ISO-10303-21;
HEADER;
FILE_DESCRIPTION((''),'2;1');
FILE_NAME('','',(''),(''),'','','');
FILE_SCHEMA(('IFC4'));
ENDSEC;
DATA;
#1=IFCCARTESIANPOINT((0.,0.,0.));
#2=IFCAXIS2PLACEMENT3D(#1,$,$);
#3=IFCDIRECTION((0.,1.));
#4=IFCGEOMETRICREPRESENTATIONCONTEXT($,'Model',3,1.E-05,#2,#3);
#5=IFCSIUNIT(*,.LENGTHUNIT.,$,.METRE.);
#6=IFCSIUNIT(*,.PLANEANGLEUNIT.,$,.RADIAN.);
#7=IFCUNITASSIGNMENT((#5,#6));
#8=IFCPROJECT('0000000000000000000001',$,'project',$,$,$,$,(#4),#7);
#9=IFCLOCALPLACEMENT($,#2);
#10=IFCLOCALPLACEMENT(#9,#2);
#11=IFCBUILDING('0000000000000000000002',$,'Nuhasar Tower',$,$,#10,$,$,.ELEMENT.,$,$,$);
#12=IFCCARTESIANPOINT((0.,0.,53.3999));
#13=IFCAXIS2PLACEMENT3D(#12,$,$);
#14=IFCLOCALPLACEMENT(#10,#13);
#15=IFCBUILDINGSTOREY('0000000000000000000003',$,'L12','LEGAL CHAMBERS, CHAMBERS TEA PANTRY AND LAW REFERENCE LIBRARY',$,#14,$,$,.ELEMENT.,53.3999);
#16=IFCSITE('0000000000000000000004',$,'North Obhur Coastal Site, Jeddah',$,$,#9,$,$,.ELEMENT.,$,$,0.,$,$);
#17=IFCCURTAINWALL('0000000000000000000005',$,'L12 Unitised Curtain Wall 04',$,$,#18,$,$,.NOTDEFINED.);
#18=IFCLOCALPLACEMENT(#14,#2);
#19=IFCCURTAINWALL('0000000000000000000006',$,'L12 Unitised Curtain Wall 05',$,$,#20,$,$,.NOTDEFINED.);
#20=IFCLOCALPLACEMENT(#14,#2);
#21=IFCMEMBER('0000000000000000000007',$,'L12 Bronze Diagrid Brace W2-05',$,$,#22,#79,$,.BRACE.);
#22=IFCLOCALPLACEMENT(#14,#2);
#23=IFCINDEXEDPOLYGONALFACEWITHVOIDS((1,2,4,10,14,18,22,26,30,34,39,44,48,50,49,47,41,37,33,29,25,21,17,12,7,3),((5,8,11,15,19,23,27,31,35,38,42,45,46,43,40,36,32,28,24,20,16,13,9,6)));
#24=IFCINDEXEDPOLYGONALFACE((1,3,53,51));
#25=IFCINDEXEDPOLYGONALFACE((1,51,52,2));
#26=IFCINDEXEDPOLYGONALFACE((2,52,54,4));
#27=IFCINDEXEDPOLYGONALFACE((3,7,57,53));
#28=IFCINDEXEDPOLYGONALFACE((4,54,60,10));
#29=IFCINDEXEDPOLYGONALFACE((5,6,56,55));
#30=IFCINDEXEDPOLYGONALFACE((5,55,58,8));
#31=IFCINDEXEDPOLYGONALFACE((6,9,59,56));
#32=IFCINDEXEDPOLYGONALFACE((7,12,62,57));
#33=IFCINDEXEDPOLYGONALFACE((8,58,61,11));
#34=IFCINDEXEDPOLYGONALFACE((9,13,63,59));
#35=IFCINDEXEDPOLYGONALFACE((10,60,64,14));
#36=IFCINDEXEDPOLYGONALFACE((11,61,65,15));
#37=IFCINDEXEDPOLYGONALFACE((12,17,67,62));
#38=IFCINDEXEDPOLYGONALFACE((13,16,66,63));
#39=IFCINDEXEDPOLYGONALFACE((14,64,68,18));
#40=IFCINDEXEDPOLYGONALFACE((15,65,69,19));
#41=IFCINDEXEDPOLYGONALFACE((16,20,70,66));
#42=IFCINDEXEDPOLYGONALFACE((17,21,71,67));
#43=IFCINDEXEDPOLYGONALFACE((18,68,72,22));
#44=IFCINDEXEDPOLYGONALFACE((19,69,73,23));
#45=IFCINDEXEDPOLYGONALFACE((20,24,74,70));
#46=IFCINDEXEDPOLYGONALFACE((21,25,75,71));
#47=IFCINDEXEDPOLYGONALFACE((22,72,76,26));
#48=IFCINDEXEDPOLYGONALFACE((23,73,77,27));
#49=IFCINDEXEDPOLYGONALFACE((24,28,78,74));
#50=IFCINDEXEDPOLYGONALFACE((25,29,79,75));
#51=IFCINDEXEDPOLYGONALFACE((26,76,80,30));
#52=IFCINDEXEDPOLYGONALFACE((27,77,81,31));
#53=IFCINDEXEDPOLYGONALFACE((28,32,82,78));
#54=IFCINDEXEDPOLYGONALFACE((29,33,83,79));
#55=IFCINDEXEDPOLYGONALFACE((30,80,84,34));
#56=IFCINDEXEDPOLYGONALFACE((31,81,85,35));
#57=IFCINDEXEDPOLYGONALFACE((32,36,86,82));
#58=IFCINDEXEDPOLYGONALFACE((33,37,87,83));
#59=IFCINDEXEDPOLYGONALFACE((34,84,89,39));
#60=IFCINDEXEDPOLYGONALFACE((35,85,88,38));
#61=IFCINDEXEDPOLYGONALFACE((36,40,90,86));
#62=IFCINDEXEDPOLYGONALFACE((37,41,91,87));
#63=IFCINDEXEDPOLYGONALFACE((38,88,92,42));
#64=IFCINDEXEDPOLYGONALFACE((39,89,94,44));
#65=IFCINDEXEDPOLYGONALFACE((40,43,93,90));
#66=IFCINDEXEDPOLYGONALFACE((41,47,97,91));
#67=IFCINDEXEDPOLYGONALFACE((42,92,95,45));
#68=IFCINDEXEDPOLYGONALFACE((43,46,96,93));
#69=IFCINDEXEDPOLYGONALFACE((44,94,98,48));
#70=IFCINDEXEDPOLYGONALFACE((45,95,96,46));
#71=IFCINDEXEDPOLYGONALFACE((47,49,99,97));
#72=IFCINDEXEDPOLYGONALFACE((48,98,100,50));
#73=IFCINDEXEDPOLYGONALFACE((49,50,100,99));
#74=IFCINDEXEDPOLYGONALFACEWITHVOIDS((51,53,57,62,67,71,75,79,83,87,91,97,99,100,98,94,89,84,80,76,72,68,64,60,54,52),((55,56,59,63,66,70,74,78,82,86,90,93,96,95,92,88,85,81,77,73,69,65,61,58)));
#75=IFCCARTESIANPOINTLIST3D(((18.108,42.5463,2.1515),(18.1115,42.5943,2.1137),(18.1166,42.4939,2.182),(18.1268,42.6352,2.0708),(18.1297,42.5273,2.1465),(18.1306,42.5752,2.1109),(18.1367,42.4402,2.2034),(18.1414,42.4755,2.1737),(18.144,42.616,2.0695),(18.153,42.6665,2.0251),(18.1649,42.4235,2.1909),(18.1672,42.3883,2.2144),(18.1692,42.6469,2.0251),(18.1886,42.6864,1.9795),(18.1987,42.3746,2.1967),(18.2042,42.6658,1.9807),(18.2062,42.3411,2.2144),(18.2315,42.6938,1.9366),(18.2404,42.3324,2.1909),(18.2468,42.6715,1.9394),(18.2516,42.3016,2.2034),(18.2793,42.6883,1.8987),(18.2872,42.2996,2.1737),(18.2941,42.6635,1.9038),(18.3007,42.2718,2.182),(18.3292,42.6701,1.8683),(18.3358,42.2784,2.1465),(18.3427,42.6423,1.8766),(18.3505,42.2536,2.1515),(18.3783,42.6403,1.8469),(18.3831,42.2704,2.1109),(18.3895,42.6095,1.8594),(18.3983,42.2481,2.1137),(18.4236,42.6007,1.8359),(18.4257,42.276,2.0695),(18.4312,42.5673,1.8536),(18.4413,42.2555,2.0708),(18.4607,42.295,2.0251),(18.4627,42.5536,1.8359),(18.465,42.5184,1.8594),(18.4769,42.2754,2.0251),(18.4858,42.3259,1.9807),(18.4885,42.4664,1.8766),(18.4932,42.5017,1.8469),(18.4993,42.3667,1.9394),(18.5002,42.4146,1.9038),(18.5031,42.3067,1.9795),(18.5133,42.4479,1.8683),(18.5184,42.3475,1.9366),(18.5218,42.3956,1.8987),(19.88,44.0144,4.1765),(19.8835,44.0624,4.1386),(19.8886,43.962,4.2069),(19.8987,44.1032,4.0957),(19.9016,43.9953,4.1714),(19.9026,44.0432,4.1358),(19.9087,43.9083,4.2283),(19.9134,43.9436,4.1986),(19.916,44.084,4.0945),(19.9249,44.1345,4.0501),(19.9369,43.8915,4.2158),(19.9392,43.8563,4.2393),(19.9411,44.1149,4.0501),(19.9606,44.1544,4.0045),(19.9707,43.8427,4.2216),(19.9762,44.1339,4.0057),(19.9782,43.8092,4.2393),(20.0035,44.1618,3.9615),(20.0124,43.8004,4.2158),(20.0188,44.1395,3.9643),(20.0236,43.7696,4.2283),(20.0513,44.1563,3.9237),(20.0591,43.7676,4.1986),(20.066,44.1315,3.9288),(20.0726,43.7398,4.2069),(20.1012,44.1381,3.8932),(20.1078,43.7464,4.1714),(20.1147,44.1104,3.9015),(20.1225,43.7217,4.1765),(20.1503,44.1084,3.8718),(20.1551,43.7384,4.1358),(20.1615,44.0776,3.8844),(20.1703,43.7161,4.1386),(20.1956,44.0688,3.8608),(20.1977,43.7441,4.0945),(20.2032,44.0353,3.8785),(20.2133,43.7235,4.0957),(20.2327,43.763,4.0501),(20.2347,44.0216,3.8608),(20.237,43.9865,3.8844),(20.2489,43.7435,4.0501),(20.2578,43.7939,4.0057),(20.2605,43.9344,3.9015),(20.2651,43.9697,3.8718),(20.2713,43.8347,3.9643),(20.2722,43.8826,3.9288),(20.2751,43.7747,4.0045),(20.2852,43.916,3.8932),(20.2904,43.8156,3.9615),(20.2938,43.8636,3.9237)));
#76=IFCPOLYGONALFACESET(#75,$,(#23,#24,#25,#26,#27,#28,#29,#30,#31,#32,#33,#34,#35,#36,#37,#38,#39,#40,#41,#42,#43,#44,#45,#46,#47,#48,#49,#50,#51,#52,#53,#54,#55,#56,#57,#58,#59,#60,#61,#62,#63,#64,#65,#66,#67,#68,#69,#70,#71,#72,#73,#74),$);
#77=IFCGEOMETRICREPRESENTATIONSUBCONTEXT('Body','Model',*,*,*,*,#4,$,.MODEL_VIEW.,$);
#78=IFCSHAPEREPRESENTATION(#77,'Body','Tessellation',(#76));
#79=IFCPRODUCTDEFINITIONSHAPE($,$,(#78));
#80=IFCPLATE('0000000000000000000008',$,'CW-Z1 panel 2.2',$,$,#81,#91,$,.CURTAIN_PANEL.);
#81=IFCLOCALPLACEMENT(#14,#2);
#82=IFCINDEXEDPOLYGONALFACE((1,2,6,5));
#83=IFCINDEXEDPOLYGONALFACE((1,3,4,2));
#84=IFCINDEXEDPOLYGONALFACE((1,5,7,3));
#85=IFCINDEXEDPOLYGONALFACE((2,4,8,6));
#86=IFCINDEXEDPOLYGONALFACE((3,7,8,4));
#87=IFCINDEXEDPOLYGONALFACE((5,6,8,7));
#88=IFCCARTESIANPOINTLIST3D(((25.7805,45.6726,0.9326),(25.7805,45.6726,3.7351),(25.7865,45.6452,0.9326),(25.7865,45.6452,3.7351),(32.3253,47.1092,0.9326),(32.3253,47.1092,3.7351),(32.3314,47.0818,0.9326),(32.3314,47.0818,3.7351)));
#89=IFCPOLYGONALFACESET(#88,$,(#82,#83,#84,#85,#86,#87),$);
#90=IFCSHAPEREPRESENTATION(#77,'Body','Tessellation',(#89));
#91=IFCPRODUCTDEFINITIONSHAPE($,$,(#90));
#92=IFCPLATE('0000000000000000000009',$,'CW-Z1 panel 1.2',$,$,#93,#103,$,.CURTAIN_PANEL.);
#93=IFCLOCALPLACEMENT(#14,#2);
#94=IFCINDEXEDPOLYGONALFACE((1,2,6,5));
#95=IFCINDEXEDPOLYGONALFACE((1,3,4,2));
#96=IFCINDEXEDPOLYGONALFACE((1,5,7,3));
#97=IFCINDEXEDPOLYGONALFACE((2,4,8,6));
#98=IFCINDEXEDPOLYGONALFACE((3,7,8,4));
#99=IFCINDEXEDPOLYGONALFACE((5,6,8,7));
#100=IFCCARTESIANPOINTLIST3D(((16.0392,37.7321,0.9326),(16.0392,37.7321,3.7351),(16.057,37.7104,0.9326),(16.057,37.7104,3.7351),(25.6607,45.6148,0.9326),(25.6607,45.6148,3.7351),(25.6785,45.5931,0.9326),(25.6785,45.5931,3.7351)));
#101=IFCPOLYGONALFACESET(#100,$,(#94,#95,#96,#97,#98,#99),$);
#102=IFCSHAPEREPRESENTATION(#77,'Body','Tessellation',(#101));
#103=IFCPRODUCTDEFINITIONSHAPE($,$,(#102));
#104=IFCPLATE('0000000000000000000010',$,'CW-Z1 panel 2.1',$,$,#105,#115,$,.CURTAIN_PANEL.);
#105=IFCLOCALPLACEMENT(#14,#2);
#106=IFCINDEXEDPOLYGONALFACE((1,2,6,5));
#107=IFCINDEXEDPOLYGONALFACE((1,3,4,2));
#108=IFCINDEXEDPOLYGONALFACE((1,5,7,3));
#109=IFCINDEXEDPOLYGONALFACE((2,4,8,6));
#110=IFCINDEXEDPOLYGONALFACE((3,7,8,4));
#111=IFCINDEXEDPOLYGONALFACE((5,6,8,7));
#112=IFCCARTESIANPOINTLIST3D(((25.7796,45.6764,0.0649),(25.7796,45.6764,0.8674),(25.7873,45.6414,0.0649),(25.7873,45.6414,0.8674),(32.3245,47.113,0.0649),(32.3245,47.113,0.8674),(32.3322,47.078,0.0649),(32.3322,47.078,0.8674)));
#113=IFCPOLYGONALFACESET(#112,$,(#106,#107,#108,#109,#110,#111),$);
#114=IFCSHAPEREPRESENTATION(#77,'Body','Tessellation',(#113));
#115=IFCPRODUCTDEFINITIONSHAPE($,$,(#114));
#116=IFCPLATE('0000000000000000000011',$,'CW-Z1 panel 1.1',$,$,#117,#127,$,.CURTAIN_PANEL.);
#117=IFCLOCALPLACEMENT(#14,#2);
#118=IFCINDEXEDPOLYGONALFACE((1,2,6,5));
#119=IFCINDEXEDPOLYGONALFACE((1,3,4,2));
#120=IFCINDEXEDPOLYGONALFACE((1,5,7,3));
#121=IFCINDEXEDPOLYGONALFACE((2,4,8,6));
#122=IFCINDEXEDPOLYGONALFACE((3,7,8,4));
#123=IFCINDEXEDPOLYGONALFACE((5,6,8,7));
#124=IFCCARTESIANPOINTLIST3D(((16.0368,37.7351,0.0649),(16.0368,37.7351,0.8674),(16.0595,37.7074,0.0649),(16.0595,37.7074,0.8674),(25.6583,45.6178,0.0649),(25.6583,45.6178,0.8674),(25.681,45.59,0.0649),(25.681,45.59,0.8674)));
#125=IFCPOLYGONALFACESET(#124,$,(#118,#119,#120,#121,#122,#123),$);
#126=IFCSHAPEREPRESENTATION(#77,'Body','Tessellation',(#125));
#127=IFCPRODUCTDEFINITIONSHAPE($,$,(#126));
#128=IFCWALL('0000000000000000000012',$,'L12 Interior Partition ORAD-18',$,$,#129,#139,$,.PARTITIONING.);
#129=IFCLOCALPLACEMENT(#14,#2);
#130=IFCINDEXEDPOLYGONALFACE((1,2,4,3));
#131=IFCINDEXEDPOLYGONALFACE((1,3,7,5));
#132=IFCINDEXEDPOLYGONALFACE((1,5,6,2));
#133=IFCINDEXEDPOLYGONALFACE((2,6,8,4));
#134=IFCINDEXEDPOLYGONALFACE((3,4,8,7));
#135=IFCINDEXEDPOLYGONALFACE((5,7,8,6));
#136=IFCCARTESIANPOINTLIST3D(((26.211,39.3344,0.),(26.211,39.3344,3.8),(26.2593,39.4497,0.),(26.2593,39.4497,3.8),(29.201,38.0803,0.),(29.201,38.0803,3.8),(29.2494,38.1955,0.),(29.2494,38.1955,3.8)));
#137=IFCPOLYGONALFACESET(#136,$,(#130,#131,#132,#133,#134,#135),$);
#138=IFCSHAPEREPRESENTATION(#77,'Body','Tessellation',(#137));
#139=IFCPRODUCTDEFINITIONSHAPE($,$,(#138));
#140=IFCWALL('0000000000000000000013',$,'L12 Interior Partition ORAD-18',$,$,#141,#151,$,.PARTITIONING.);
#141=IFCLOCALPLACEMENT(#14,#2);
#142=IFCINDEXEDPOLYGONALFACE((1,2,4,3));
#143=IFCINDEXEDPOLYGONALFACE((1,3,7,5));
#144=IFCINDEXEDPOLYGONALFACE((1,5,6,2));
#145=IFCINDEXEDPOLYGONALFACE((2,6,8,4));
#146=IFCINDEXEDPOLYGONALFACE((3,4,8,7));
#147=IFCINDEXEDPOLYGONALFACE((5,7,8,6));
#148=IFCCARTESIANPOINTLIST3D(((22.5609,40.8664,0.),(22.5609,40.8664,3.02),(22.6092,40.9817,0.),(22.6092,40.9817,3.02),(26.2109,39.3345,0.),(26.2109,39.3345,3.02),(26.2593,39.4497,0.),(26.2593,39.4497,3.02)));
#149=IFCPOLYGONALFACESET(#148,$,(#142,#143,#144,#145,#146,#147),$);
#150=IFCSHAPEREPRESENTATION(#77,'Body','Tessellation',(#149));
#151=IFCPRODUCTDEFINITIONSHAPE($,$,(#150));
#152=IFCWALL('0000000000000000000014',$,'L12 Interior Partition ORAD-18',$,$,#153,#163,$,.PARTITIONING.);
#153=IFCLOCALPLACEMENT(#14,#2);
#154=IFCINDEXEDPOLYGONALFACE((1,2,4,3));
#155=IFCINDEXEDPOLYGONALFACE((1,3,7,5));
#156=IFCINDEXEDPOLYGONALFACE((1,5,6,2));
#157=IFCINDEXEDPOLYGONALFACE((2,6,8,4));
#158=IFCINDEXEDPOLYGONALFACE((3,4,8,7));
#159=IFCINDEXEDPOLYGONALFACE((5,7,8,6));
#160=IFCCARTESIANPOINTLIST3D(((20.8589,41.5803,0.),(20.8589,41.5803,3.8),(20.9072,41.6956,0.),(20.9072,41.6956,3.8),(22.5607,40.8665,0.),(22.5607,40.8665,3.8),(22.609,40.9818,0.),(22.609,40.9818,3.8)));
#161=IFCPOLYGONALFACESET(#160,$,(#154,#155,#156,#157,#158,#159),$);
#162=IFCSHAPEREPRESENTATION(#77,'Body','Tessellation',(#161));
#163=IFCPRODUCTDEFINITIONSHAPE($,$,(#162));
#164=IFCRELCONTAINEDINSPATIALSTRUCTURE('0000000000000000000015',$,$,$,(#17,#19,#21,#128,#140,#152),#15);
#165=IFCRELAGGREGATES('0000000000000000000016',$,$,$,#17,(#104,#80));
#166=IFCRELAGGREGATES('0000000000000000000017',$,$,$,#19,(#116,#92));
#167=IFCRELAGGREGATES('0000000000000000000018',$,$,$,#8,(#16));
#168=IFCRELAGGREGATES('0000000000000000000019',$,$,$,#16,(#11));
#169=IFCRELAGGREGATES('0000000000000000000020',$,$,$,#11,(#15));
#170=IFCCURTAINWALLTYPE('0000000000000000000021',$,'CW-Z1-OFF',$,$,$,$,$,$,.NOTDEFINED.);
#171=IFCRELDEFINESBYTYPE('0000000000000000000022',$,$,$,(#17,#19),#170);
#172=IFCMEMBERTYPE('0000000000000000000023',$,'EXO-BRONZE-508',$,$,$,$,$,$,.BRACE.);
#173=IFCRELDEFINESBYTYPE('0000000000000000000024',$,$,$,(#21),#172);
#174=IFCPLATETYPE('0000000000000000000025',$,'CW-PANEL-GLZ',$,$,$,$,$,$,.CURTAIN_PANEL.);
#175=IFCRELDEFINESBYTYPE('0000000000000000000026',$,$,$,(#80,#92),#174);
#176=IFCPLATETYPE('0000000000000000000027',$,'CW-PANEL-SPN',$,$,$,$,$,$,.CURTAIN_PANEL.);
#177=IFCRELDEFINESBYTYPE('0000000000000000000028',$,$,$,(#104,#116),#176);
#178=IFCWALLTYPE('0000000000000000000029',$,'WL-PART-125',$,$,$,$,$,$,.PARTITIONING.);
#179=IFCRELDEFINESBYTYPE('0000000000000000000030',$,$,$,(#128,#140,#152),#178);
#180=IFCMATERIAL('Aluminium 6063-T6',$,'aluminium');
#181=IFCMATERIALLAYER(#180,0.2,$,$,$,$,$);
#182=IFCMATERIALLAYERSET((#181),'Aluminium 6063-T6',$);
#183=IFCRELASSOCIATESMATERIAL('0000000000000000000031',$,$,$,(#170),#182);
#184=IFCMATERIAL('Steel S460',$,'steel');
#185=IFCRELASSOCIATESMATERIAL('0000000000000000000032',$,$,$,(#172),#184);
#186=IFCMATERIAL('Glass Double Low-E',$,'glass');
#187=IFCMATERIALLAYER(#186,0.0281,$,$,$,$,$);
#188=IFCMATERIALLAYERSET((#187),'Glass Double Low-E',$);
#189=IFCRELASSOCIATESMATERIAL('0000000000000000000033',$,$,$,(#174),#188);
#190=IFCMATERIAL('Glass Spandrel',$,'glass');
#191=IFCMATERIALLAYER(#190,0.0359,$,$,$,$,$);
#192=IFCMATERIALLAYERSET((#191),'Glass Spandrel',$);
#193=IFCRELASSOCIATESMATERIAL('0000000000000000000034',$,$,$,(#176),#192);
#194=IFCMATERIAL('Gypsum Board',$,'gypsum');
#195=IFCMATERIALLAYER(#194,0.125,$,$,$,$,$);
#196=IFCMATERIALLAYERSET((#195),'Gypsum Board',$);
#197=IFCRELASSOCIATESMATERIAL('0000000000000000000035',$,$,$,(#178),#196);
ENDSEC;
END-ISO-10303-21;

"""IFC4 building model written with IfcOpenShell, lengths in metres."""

from ifc_helpers import new_model, si_unit, direction, frame, frame_2d, origin, origin_2d, place, context, subcontext, project, spatial, rectangle, hollow_circle, extrude, material, layer, layer_set, material_profile, profile_set, type_object, element, aggregate, save


model = new_model("IFC4")

# Units and contexts
model_context = context("Model", 3, precision=1e-05, world=origin(), true_north=direction((0.0, 1.0)))
body_context = subcontext(model_context, "Body", "Model", "MODEL_VIEW")
ifc_project = project(units=[si_unit("LENGTHUNIT", "METRE"), si_unit("PLANEANGLEUNIT", "RADIAN")], contexts=[model_context])

# Site, building, storey
site_placement = place(None, origin())
site = spatial("IfcSite", under=ifc_project, at=site_placement, Name="North Obhur Coastal Site, Jeddah", CompositionType="ELEMENT", RefElevation=0.0)
building_placement = place(site_placement, origin())
building = spatial("IfcBuilding", under=site, at=building_placement, Name="Nuhasar Tower", CompositionType="ELEMENT")
storey_placement = place(building_placement, frame((0.0, 0.0, 53.3999)))
storey = spatial("IfcBuildingStorey", under=building, at=storey_placement, Name="L12", Description="LEGAL CHAMBERS, CHAMBERS TEA PANTRY AND LAW REFERENCE LIBRARY", CompositionType="ELEMENT", Elevation=53.3999)

# Curtain wall
ifc_material_1 = material(Name="Aluminium 6063-T6", Category="aluminium")
ifc_layer_1 = layer(ifc_material_1, 0.2)
ifc_layer_set_1 = layer_set([ifc_layer_1], Name="Aluminium 6063-T6")
curtain_wall_type = type_object("IfcCurtainWallType", Name="CW-Z1-OFF", PredefinedType="NOTDEFINED", material=ifc_layer_set_1)
curtain_wall_1_placement = place(storey_placement, origin())
curtain_wall_1 = element("IfcCurtainWall", 1, at=curtain_wall_1_placement, inside=storey, type_object=curtain_wall_type, Name="L12 Unitised Curtain Wall 04", PredefinedType="NOTDEFINED")

# Curtain wall
curtain_wall_2_placement = place(storey_placement, origin())
curtain_wall_2 = element("IfcCurtainWall", 2, at=curtain_wall_2_placement, inside=storey, type_object=curtain_wall_type, Name="L12 Unitised Curtain Wall 05", PredefinedType="NOTDEFINED")

# Member
ifc_material_2 = material(Name="Steel S460", Category="steel")
ifc_material_profile_1 = material_profile(ifc_material_2, hollow_circle(Radius=0.2539, WallThickness=0.0254, at=origin_2d()), Name="HSS508X25.4")
ifc_profile_set_1 = profile_set([ifc_material_profile_1], Name="Steel S460")
member_type_1 = type_object("IfcMemberType", Name="EXO-BRONZE-508", PredefinedType="BRACE", material=ifc_profile_set_1)
member_1_placement = place(storey_placement, frame((18.3149, 42.4709, 2.0251), z_axis=(0.578102, 0.478937, 0.660619), x_axis=(-0.637969, 0.770062, 0.0)))
element("IfcMember", 3, at=member_1_placement, inside=storey, type_object=member_type_1, Name="L12 Bronze Diagrid Brace W2-05", PredefinedType="BRACE", context=body_context, shape_type="SweptSolid", body=[
    extrude(hollow_circle(Radius=0.2539, WallThickness=0.0254, at=origin_2d()), origin(), (0.0, 0.0, 1.0), 3.0652),
])

# Plates
ifc_material_3 = material(Name="Glass Double Low-E", Category="glass")
ifc_layer_2 = layer(ifc_material_3, 0.0281)
ifc_layer_set_2 = layer_set([ifc_layer_2], Name="Glass Double Low-E")
plate_type_1 = type_object("IfcPlateType", Name="CW-PANEL-GLZ", PredefinedType="CURTAIN_PANEL", material=ifc_layer_set_2)
plate_1_placement = place(storey_placement, frame((29.0559, 46.3772, 0.9326), z_axis=(0.0, 0.0, 1.0), x_axis=(-0.976746, -0.214399, 0.0)))
plate_1 = element("IfcPlate", 4, at=plate_1_placement, type_object=plate_type_1, Name="CW-Z1 panel 2.2", PredefinedType="CURTAIN_PANEL", context=body_context, shape_type="SweptSolid", body=[
    extrude(rectangle(XDim=6.7007, YDim=0.0281, at=origin_2d()), origin(), (0.0, 0.0, 1.0), 2.8025),
])
plate_2_placement = place(storey_placement, frame((20.8589, 41.6626, 0.9326), z_axis=(0.0, 0.0, 1.0), x_axis=(-0.773542, -0.633745, 0.0)))
plate_2 = element("IfcPlate", 5, at=plate_2_placement, type_object=plate_type_1, Name="CW-Z1 panel 1.2", PredefinedType="CURTAIN_PANEL", context=body_context, shape_type="SweptSolid", body=[
    extrude(rectangle(XDim=12.4382, YDim=0.0281, at=origin_2d()), origin(), (0.0, 0.0, 1.0), 2.8025),
])
ifc_material_4 = material(Name="Glass Spandrel", Category="glass")
ifc_layer_3 = layer(ifc_material_4, 0.0359)
ifc_layer_set_3 = layer_set([ifc_layer_3], Name="Glass Spandrel")
plate_type_2 = type_object("IfcPlateType", Name="CW-PANEL-SPN", PredefinedType="CURTAIN_PANEL", material=ifc_layer_set_3)
plate_3_placement = place(storey_placement, frame((29.0559, 46.3772, 0.0649), z_axis=(0.0, 0.0, 1.0), x_axis=(-0.976746, -0.214399, 0.0)))
plate_3 = element("IfcPlate", 6, at=plate_3_placement, type_object=plate_type_2, Name="CW-Z1 panel 2.1", PredefinedType="CURTAIN_PANEL", context=body_context, shape_type="SweptSolid", body=[
    extrude(rectangle(XDim=6.7007, YDim=0.0359, at=origin_2d()), origin(), (0.0, 0.0, 1.0), 0.8025),
])
aggregate(curtain_wall_1, [plate_3, plate_1])
plate_4_placement = place(storey_placement, frame((20.8589, 41.6626, 0.0649), z_axis=(0.0, 0.0, 1.0), x_axis=(-0.773542, -0.633745, 0.0)))
plate_4 = element("IfcPlate", 7, at=plate_4_placement, type_object=plate_type_2, Name="CW-Z1 panel 1.1", PredefinedType="CURTAIN_PANEL", context=body_context, shape_type="SweptSolid", body=[
    extrude(rectangle(XDim=12.4382, YDim=0.0359, at=origin_2d()), origin(), (0.0, 0.0, 1.0), 0.8025),
])
aggregate(curtain_wall_2, [plate_4, plate_2])

# Walls
ifc_material_5 = material(Name="Gypsum Board", Category="gypsum")
ifc_layer_4 = layer(ifc_material_5, 0.125)
ifc_layer_set_4 = layer_set([ifc_layer_4], Name="Gypsum Board")
wall_type = type_object("IfcWallType", Name="WL-PART-125", PredefinedType="PARTITIONING", material=ifc_layer_set_4)
wall_1_placement = place(storey_placement, frame((29.2251, 38.1379, 0.0), z_axis=(0.0, 0.0, 1.0), x_axis=(-0.922163, 0.386801, 0.0)))
element("IfcWall", 8, at=wall_1_placement, inside=storey, type_object=wall_type, Name="L12 Interior Partition ORAD-18", PredefinedType="PARTITIONING", context=body_context, shape_type="SweptSolid", body=[
    extrude(rectangle(XDim=3.2424, YDim=0.125, at=frame_2d((1.6211, 0.0))), origin(), (0.0, 0.0, 1.0), 3.8),
])
wall_2_placement = place(storey_placement, frame((26.2351, 39.3921, 0.0), z_axis=(0.0, 0.0, 1.0), x_axis=(-0.922079, 0.387001, 0.0)))
element("IfcWall", 9, at=wall_2_placement, inside=storey, type_object=wall_type, Name="L12 Interior Partition ORAD-18", PredefinedType="PARTITIONING", context=body_context, shape_type="SweptSolid", body=[
    extrude(rectangle(XDim=3.9585, YDim=0.125, at=frame_2d((1.9792, 0.0))), origin(), (0.0, 0.0, 1.0), 3.02),
])
wall_3_placement = place(storey_placement, frame((22.585, 40.9241, 0.0), z_axis=(0.0, 0.0, 1.0), x_axis=(-0.922162, 0.386803, 0.0)))
element("IfcWall", 10, at=wall_3_placement, inside=storey, type_object=wall_type, Name="L12 Interior Partition ORAD-18", PredefinedType="PARTITIONING", context=body_context, shape_type="SweptSolid", body=[
    extrude(rectangle(XDim=1.8455, YDim=0.125, at=frame_2d((0.9229, 0.0))), origin(), (0.0, 0.0, 1.0), 3.8),
])

save(model, "model.ifc")
